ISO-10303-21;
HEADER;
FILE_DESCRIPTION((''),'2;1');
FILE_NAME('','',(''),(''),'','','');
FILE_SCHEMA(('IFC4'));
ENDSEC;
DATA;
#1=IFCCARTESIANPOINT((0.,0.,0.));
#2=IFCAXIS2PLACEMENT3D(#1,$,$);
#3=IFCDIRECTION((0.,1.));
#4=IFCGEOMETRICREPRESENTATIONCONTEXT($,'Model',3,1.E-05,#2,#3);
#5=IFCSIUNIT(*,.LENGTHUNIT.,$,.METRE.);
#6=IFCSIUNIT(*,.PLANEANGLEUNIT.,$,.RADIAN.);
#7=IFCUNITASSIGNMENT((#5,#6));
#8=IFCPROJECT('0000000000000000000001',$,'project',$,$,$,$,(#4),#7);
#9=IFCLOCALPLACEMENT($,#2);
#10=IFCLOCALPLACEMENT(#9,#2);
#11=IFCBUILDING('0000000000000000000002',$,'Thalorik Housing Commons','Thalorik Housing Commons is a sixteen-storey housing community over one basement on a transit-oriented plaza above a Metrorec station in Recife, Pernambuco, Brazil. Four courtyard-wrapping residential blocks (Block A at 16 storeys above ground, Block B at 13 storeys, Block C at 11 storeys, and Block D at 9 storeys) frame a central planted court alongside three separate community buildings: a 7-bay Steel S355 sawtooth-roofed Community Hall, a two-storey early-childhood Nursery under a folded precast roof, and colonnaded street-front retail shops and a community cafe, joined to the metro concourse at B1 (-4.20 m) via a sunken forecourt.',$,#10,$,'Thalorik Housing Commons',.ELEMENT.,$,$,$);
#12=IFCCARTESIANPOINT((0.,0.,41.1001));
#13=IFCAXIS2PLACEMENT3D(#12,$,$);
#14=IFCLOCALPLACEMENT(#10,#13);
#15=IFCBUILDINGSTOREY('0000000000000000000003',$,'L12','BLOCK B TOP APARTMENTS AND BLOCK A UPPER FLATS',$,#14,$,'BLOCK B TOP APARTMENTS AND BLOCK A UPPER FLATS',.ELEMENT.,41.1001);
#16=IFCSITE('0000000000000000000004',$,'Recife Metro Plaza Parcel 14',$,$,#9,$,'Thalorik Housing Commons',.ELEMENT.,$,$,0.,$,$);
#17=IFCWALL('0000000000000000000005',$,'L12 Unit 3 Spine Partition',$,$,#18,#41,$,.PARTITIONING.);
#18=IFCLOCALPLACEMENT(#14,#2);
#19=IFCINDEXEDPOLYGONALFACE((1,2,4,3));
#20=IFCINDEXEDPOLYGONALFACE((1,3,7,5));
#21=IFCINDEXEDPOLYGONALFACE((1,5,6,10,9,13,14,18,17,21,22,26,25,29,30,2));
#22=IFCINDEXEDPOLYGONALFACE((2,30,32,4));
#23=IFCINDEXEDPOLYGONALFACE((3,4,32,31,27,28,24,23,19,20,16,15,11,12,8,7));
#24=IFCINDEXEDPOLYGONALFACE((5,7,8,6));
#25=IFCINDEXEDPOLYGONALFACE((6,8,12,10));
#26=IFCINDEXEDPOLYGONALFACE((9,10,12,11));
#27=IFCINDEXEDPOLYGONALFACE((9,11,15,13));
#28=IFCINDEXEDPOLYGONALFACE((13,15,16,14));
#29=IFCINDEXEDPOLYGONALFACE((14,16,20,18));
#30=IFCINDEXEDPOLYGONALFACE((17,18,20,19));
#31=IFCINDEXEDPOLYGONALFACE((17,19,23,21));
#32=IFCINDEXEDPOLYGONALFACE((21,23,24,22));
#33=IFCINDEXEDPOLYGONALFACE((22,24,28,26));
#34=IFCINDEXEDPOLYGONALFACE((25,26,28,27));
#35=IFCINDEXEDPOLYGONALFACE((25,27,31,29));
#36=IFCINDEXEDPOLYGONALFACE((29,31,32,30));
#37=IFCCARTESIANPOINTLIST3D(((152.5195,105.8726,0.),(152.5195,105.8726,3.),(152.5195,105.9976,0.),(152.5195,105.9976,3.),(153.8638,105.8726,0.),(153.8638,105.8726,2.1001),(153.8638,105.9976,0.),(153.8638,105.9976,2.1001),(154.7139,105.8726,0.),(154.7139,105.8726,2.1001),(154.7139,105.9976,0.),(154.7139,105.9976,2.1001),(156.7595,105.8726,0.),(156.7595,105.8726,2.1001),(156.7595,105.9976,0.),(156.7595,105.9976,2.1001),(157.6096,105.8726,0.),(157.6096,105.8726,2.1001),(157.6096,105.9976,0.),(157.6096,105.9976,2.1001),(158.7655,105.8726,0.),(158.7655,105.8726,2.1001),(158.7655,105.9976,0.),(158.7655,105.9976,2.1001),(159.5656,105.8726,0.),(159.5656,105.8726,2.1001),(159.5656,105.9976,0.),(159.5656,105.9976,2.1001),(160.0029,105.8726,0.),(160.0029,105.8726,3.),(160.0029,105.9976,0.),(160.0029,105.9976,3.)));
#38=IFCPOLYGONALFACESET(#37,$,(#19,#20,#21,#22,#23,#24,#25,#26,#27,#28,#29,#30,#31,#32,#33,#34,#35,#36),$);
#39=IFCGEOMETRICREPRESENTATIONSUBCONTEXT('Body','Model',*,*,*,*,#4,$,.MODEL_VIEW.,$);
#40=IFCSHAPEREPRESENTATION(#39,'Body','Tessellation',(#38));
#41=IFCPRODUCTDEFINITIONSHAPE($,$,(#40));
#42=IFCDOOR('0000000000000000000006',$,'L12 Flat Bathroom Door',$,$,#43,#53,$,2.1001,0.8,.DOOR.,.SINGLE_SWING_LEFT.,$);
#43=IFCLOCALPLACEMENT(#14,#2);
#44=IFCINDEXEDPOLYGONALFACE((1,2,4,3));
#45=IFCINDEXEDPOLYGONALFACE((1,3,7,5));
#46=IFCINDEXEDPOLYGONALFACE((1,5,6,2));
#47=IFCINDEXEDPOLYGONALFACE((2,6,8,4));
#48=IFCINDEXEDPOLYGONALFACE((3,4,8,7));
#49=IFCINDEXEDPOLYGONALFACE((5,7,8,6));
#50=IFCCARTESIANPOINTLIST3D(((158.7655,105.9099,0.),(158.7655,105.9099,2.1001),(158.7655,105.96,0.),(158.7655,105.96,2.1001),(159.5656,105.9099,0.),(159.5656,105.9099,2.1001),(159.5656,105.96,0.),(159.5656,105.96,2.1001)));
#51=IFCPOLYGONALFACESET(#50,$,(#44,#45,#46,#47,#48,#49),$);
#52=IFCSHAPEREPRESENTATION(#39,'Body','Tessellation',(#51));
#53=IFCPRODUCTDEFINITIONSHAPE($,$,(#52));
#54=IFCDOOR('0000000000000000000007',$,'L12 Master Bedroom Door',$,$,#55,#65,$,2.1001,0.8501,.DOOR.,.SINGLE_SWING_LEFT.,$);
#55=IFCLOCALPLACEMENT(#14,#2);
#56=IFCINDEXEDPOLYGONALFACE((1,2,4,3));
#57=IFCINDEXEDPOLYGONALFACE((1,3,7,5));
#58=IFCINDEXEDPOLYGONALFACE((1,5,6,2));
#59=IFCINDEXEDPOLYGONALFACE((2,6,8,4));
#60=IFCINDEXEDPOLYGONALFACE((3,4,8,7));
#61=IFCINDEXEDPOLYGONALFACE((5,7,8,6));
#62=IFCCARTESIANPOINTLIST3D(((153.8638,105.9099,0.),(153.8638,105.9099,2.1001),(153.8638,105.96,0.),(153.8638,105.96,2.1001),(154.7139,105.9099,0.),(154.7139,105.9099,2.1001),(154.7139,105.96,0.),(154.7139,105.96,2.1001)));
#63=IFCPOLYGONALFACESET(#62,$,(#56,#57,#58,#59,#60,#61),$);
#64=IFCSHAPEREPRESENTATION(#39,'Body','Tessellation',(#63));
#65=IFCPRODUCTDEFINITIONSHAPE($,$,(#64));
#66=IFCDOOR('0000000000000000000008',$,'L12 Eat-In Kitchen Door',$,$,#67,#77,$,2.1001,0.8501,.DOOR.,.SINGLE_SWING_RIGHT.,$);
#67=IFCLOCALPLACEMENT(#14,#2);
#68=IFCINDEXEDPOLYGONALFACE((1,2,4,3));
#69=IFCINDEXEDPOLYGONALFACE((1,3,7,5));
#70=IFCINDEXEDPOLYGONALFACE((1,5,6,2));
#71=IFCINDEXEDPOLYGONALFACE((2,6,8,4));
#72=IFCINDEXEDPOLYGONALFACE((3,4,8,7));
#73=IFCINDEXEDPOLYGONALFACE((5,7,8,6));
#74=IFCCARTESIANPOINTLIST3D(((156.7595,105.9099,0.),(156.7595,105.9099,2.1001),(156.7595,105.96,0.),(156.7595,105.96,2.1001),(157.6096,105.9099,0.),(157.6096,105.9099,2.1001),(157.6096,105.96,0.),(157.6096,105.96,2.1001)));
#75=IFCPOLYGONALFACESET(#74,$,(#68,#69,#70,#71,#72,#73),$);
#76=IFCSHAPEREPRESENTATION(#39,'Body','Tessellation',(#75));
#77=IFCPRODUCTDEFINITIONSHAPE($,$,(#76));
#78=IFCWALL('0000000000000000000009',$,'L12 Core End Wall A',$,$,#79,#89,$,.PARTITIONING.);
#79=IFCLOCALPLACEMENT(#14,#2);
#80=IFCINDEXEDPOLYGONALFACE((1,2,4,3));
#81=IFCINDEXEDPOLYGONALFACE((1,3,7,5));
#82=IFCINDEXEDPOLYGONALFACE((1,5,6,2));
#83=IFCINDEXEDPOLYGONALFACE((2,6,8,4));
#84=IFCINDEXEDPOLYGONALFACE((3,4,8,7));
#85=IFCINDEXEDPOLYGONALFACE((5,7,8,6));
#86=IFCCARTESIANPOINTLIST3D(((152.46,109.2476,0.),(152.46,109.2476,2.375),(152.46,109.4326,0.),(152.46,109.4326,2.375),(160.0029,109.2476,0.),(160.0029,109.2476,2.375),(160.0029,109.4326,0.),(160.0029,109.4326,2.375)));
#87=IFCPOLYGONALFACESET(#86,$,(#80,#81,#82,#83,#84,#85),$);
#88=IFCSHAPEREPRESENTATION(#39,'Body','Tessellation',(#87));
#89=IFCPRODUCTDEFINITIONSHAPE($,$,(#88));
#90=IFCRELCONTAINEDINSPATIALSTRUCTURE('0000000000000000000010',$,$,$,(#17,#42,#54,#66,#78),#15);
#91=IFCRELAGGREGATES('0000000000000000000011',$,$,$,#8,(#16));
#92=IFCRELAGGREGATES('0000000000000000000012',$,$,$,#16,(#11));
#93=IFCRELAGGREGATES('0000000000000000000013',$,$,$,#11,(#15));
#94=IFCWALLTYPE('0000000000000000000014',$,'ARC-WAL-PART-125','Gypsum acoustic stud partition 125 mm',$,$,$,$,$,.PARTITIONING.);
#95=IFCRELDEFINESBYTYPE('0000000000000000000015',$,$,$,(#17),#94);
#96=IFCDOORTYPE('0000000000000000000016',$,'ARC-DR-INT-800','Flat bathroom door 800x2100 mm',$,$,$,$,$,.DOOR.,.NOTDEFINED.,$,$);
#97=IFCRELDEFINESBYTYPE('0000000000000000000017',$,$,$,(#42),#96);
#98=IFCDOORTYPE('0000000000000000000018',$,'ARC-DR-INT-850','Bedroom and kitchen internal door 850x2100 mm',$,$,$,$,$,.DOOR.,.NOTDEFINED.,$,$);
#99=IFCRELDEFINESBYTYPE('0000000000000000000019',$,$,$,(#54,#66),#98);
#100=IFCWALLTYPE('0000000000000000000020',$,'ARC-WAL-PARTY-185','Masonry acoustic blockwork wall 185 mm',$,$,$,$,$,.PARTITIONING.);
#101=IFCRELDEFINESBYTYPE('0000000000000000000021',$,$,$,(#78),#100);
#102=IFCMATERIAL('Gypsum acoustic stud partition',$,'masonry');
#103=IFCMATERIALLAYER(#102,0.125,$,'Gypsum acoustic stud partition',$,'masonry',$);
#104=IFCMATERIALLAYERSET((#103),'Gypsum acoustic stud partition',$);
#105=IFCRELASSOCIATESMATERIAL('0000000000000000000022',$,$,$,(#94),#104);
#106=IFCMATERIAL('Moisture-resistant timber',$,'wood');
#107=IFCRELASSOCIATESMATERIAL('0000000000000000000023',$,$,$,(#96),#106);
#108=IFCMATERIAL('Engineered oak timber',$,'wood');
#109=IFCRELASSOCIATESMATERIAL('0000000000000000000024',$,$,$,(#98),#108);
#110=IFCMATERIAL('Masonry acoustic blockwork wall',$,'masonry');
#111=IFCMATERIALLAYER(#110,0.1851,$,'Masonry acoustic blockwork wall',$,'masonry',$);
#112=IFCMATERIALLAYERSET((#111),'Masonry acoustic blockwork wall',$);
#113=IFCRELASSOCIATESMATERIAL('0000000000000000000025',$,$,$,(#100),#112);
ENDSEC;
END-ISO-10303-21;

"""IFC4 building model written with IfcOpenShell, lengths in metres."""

from ifc_helpers import new_model, si_unit, direction, frame, frame_2d, origin, place, context, subcontext, project, spatial, rectangle, extrude, material, layer, layer_set, type_object, element, fill, save


model = new_model("IFC4")

# Units and contexts
model_context = context("Model", 3, precision=1e-05, world=origin(), true_north=direction((0.0, 1.0)))
body_context = subcontext(model_context, "Body", "Model", "MODEL_VIEW")
ifc_project = project(units=[si_unit("LENGTHUNIT", "METRE"), si_unit("PLANEANGLEUNIT", "RADIAN")], contexts=[model_context])

# Site, building, storey
site_placement = place(None, origin())
site = spatial("IfcSite", under=ifc_project, at=site_placement, Name="Recife Metro Plaza Parcel 14", LongName="Thalorik Housing Commons", CompositionType="ELEMENT", RefElevation=0.0)
building_placement = place(site_placement, origin())
building = spatial("IfcBuilding", under=site, at=building_placement, Name="Thalorik Housing Commons", Description="Thalorik Housing Commons is a sixteen-storey housing community over one basement on a transit-oriented plaza above a Metrorec station in Recife, Pernambuco, Brazil. Four courtyard-wrapping residential blocks (Block A at 16 storeys above ground, Block B at 13 storeys, Block C at 11 storeys, and Block D at 9 storeys) frame a central planted court alongside three separate community buildings: a 7-bay Steel S355 sawtooth-roofed Community Hall, a two-storey early-childhood Nursery under a folded precast roof, and colonnaded street-front retail shops and a community cafe, joined to the metro concourse at B1 (-4.20 m) via a sunken forecourt.", LongName="Thalorik Housing Commons", CompositionType="ELEMENT")
storey_placement = place(building_placement, frame((0.0, 0.0, 41.1001)))
storey = spatial("IfcBuildingStorey", under=building, at=storey_placement, Name="L12", Description="BLOCK B TOP APARTMENTS AND BLOCK A UPPER FLATS", LongName="BLOCK B TOP APARTMENTS AND BLOCK A UPPER FLATS", CompositionType="ELEMENT", Elevation=41.1001)

# Wall, openings, doors
ifc_material_1 = material(Name="Gypsum acoustic stud partition", Category="masonry")
ifc_layer_1 = layer(ifc_material_1, 0.125, Name="Gypsum acoustic stud partition", Category="masonry")
ifc_layer_set_1 = layer_set([ifc_layer_1], Name="Gypsum acoustic stud partition")
wall_type_1 = type_object("IfcWallType", Name="ARC-WAL-PART-125", Description="Gypsum acoustic stud partition 125 mm", PredefinedType="PARTITIONING", material=ifc_layer_set_1)
wall_1_placement = place(storey_placement, frame((152.5195, 105.9351, 0.0), z_axis=(0.0, 0.0, 1.0), x_axis=(1.0, 0.0, 0.0)))
wall_1 = element("IfcWall", 1, at=wall_1_placement, inside=storey, type_object=wall_type_1, Name="L12 Unit 3 Spine Partition", PredefinedType="PARTITIONING", context=body_context, shape_type="SweptSolid", body=[
    extrude(rectangle(XDim=7.4834, YDim=0.125, at=frame_2d((3.7417, 0.0))), origin(), (0.0, 0.0, 1.0), 3.0),
])
opening_1_placement = place(wall_1_placement, frame((1.3442, 0.0, 0.0)))
opening_1 = element("IfcOpeningElement", 2, at=opening_1_placement, cuts=wall_1, PredefinedType="OPENING", context=body_context, shape_type="SweptSolid", body=[
    extrude(rectangle(XDim=0.8501, YDim=2.1001, at=frame_2d((0.425, 1.05))), frame((0.0, 0.0725, 0.0), z_axis=(0.0, -1.0, 0.0), x_axis=(1.0, 0.0, 0.0)), (0.0, 0.0, 1.0), 0.145),
])
opening_2_placement = place(wall_1_placement, frame((4.24, 0.0, 0.0)))
opening_2 = element("IfcOpeningElement", 3, at=opening_2_placement, cuts=wall_1, PredefinedType="OPENING", context=body_context, shape_type="SweptSolid", body=[
    extrude(rectangle(XDim=0.8501, YDim=2.1001, at=frame_2d((0.425, 1.05))), frame((0.0, 0.0725, 0.0), z_axis=(0.0, -1.0, 0.0), x_axis=(1.0, 0.0, 0.0)), (0.0, 0.0, 1.0), 0.145),
])
opening_3_placement = place(wall_1_placement, frame((6.2461, 0.0, 0.0)))
opening_3 = element("IfcOpeningElement", 4, at=opening_3_placement, cuts=wall_1, PredefinedType="OPENING", context=body_context, shape_type="SweptSolid", body=[
    extrude(rectangle(XDim=0.8, YDim=2.1001, at=frame_2d((0.3999, 1.05))), frame((0.0, 0.0725, 0.0), z_axis=(0.0, -1.0, 0.0), x_axis=(1.0, 0.0, 0.0)), (0.0, 0.0, 1.0), 0.145),
])
ifc_material_2 = material(Name="Moisture-resistant timber", Category="wood")
door_type_1 = type_object("IfcDoorType", Name="ARC-DR-INT-800", Description="Flat bathroom door 800x2100 mm", OperationType="NOTDEFINED", PredefinedType="DOOR", material=ifc_material_2)
door_1_placement = place(opening_3_placement, origin())
door_1 = element("IfcDoor", 5, at=door_1_placement, inside=storey, type_object=door_type_1, Name="L12 Flat Bathroom Door", OperationType="SINGLE_SWING_LEFT", OverallHeight=2.1001, OverallWidth=0.8, PredefinedType="DOOR", context=body_context, shape_type="SweptSolid", body=[
    extrude(rectangle(XDim=0.8, YDim=2.1001, at=frame_2d((0.3999, 1.05))), frame((0.0, 0.0249, 0.0), z_axis=(0.0, -1.0, 0.0), x_axis=(1.0, 0.0, 0.0)), (0.0, 0.0, 1.0), 0.05),
])
fill(opening_3, door_1)
ifc_material_3 = material(Name="Engineered oak timber", Category="wood")
door_type_2 = type_object("IfcDoorType", Name="ARC-DR-INT-850", Description="Bedroom and kitchen internal door 850x2100 mm", OperationType="NOTDEFINED", PredefinedType="DOOR", material=ifc_material_3)
door_2_placement = place(opening_1_placement, origin())
door_2 = element("IfcDoor", 6, at=door_2_placement, inside=storey, type_object=door_type_2, Name="L12 Master Bedroom Door", OperationType="SINGLE_SWING_LEFT", OverallHeight=2.1001, OverallWidth=0.8501, PredefinedType="DOOR", context=body_context, shape_type="SweptSolid", body=[
    extrude(rectangle(XDim=0.8501, YDim=2.1001, at=frame_2d((0.425, 1.05))), frame((0.0, 0.0249, 0.0), z_axis=(0.0, -1.0, 0.0), x_axis=(1.0, 0.0, 0.0)), (0.0, 0.0, 1.0), 0.05),
])
fill(opening_1, door_2)
door_3_placement = place(opening_2_placement, origin())
door_3 = element("IfcDoor", 7, at=door_3_placement, inside=storey, type_object=door_type_2, Name="L12 Eat-In Kitchen Door", OperationType="SINGLE_SWING_RIGHT", OverallHeight=2.1001, OverallWidth=0.8501, PredefinedType="DOOR", context=body_context, shape_type="SweptSolid", body=[
    extrude(rectangle(XDim=0.8501, YDim=2.1001, at=frame_2d((0.425, 1.05))), frame((0.0, 0.0249, 0.0), z_axis=(0.0, -1.0, 0.0), x_axis=(1.0, 0.0, 0.0)), (0.0, 0.0, 1.0), 0.05),
])
fill(opening_2, door_3)

# Wall
ifc_material_4 = material(Name="Masonry acoustic blockwork wall", Category="masonry")
ifc_layer_2 = layer(ifc_material_4, 0.1851, Name="Masonry acoustic blockwork wall", Category="masonry")
ifc_layer_set_2 = layer_set([ifc_layer_2], Name="Masonry acoustic blockwork wall")
wall_type_2 = type_object("IfcWallType", Name="ARC-WAL-PARTY-185", Description="Masonry acoustic blockwork wall 185 mm", PredefinedType="PARTITIONING", material=ifc_layer_set_2)
wall_2_placement = place(storey_placement, frame((152.46, 109.3401, 0.0), z_axis=(0.0, 0.0, 1.0), x_axis=(1.0, 0.0, 0.0)))
element("IfcWall", 8, at=wall_2_placement, inside=storey, type_object=wall_type_2, Name="L12 Core End Wall A", PredefinedType="PARTITIONING", context=body_context, shape_type="SweptSolid", body=[
    extrude(rectangle(XDim=7.543, YDim=0.1851, at=frame_2d((3.7715, 0.0))), origin(), (0.0, 0.0, 1.0), 2.375),
])

save(model, "model.ifc")
